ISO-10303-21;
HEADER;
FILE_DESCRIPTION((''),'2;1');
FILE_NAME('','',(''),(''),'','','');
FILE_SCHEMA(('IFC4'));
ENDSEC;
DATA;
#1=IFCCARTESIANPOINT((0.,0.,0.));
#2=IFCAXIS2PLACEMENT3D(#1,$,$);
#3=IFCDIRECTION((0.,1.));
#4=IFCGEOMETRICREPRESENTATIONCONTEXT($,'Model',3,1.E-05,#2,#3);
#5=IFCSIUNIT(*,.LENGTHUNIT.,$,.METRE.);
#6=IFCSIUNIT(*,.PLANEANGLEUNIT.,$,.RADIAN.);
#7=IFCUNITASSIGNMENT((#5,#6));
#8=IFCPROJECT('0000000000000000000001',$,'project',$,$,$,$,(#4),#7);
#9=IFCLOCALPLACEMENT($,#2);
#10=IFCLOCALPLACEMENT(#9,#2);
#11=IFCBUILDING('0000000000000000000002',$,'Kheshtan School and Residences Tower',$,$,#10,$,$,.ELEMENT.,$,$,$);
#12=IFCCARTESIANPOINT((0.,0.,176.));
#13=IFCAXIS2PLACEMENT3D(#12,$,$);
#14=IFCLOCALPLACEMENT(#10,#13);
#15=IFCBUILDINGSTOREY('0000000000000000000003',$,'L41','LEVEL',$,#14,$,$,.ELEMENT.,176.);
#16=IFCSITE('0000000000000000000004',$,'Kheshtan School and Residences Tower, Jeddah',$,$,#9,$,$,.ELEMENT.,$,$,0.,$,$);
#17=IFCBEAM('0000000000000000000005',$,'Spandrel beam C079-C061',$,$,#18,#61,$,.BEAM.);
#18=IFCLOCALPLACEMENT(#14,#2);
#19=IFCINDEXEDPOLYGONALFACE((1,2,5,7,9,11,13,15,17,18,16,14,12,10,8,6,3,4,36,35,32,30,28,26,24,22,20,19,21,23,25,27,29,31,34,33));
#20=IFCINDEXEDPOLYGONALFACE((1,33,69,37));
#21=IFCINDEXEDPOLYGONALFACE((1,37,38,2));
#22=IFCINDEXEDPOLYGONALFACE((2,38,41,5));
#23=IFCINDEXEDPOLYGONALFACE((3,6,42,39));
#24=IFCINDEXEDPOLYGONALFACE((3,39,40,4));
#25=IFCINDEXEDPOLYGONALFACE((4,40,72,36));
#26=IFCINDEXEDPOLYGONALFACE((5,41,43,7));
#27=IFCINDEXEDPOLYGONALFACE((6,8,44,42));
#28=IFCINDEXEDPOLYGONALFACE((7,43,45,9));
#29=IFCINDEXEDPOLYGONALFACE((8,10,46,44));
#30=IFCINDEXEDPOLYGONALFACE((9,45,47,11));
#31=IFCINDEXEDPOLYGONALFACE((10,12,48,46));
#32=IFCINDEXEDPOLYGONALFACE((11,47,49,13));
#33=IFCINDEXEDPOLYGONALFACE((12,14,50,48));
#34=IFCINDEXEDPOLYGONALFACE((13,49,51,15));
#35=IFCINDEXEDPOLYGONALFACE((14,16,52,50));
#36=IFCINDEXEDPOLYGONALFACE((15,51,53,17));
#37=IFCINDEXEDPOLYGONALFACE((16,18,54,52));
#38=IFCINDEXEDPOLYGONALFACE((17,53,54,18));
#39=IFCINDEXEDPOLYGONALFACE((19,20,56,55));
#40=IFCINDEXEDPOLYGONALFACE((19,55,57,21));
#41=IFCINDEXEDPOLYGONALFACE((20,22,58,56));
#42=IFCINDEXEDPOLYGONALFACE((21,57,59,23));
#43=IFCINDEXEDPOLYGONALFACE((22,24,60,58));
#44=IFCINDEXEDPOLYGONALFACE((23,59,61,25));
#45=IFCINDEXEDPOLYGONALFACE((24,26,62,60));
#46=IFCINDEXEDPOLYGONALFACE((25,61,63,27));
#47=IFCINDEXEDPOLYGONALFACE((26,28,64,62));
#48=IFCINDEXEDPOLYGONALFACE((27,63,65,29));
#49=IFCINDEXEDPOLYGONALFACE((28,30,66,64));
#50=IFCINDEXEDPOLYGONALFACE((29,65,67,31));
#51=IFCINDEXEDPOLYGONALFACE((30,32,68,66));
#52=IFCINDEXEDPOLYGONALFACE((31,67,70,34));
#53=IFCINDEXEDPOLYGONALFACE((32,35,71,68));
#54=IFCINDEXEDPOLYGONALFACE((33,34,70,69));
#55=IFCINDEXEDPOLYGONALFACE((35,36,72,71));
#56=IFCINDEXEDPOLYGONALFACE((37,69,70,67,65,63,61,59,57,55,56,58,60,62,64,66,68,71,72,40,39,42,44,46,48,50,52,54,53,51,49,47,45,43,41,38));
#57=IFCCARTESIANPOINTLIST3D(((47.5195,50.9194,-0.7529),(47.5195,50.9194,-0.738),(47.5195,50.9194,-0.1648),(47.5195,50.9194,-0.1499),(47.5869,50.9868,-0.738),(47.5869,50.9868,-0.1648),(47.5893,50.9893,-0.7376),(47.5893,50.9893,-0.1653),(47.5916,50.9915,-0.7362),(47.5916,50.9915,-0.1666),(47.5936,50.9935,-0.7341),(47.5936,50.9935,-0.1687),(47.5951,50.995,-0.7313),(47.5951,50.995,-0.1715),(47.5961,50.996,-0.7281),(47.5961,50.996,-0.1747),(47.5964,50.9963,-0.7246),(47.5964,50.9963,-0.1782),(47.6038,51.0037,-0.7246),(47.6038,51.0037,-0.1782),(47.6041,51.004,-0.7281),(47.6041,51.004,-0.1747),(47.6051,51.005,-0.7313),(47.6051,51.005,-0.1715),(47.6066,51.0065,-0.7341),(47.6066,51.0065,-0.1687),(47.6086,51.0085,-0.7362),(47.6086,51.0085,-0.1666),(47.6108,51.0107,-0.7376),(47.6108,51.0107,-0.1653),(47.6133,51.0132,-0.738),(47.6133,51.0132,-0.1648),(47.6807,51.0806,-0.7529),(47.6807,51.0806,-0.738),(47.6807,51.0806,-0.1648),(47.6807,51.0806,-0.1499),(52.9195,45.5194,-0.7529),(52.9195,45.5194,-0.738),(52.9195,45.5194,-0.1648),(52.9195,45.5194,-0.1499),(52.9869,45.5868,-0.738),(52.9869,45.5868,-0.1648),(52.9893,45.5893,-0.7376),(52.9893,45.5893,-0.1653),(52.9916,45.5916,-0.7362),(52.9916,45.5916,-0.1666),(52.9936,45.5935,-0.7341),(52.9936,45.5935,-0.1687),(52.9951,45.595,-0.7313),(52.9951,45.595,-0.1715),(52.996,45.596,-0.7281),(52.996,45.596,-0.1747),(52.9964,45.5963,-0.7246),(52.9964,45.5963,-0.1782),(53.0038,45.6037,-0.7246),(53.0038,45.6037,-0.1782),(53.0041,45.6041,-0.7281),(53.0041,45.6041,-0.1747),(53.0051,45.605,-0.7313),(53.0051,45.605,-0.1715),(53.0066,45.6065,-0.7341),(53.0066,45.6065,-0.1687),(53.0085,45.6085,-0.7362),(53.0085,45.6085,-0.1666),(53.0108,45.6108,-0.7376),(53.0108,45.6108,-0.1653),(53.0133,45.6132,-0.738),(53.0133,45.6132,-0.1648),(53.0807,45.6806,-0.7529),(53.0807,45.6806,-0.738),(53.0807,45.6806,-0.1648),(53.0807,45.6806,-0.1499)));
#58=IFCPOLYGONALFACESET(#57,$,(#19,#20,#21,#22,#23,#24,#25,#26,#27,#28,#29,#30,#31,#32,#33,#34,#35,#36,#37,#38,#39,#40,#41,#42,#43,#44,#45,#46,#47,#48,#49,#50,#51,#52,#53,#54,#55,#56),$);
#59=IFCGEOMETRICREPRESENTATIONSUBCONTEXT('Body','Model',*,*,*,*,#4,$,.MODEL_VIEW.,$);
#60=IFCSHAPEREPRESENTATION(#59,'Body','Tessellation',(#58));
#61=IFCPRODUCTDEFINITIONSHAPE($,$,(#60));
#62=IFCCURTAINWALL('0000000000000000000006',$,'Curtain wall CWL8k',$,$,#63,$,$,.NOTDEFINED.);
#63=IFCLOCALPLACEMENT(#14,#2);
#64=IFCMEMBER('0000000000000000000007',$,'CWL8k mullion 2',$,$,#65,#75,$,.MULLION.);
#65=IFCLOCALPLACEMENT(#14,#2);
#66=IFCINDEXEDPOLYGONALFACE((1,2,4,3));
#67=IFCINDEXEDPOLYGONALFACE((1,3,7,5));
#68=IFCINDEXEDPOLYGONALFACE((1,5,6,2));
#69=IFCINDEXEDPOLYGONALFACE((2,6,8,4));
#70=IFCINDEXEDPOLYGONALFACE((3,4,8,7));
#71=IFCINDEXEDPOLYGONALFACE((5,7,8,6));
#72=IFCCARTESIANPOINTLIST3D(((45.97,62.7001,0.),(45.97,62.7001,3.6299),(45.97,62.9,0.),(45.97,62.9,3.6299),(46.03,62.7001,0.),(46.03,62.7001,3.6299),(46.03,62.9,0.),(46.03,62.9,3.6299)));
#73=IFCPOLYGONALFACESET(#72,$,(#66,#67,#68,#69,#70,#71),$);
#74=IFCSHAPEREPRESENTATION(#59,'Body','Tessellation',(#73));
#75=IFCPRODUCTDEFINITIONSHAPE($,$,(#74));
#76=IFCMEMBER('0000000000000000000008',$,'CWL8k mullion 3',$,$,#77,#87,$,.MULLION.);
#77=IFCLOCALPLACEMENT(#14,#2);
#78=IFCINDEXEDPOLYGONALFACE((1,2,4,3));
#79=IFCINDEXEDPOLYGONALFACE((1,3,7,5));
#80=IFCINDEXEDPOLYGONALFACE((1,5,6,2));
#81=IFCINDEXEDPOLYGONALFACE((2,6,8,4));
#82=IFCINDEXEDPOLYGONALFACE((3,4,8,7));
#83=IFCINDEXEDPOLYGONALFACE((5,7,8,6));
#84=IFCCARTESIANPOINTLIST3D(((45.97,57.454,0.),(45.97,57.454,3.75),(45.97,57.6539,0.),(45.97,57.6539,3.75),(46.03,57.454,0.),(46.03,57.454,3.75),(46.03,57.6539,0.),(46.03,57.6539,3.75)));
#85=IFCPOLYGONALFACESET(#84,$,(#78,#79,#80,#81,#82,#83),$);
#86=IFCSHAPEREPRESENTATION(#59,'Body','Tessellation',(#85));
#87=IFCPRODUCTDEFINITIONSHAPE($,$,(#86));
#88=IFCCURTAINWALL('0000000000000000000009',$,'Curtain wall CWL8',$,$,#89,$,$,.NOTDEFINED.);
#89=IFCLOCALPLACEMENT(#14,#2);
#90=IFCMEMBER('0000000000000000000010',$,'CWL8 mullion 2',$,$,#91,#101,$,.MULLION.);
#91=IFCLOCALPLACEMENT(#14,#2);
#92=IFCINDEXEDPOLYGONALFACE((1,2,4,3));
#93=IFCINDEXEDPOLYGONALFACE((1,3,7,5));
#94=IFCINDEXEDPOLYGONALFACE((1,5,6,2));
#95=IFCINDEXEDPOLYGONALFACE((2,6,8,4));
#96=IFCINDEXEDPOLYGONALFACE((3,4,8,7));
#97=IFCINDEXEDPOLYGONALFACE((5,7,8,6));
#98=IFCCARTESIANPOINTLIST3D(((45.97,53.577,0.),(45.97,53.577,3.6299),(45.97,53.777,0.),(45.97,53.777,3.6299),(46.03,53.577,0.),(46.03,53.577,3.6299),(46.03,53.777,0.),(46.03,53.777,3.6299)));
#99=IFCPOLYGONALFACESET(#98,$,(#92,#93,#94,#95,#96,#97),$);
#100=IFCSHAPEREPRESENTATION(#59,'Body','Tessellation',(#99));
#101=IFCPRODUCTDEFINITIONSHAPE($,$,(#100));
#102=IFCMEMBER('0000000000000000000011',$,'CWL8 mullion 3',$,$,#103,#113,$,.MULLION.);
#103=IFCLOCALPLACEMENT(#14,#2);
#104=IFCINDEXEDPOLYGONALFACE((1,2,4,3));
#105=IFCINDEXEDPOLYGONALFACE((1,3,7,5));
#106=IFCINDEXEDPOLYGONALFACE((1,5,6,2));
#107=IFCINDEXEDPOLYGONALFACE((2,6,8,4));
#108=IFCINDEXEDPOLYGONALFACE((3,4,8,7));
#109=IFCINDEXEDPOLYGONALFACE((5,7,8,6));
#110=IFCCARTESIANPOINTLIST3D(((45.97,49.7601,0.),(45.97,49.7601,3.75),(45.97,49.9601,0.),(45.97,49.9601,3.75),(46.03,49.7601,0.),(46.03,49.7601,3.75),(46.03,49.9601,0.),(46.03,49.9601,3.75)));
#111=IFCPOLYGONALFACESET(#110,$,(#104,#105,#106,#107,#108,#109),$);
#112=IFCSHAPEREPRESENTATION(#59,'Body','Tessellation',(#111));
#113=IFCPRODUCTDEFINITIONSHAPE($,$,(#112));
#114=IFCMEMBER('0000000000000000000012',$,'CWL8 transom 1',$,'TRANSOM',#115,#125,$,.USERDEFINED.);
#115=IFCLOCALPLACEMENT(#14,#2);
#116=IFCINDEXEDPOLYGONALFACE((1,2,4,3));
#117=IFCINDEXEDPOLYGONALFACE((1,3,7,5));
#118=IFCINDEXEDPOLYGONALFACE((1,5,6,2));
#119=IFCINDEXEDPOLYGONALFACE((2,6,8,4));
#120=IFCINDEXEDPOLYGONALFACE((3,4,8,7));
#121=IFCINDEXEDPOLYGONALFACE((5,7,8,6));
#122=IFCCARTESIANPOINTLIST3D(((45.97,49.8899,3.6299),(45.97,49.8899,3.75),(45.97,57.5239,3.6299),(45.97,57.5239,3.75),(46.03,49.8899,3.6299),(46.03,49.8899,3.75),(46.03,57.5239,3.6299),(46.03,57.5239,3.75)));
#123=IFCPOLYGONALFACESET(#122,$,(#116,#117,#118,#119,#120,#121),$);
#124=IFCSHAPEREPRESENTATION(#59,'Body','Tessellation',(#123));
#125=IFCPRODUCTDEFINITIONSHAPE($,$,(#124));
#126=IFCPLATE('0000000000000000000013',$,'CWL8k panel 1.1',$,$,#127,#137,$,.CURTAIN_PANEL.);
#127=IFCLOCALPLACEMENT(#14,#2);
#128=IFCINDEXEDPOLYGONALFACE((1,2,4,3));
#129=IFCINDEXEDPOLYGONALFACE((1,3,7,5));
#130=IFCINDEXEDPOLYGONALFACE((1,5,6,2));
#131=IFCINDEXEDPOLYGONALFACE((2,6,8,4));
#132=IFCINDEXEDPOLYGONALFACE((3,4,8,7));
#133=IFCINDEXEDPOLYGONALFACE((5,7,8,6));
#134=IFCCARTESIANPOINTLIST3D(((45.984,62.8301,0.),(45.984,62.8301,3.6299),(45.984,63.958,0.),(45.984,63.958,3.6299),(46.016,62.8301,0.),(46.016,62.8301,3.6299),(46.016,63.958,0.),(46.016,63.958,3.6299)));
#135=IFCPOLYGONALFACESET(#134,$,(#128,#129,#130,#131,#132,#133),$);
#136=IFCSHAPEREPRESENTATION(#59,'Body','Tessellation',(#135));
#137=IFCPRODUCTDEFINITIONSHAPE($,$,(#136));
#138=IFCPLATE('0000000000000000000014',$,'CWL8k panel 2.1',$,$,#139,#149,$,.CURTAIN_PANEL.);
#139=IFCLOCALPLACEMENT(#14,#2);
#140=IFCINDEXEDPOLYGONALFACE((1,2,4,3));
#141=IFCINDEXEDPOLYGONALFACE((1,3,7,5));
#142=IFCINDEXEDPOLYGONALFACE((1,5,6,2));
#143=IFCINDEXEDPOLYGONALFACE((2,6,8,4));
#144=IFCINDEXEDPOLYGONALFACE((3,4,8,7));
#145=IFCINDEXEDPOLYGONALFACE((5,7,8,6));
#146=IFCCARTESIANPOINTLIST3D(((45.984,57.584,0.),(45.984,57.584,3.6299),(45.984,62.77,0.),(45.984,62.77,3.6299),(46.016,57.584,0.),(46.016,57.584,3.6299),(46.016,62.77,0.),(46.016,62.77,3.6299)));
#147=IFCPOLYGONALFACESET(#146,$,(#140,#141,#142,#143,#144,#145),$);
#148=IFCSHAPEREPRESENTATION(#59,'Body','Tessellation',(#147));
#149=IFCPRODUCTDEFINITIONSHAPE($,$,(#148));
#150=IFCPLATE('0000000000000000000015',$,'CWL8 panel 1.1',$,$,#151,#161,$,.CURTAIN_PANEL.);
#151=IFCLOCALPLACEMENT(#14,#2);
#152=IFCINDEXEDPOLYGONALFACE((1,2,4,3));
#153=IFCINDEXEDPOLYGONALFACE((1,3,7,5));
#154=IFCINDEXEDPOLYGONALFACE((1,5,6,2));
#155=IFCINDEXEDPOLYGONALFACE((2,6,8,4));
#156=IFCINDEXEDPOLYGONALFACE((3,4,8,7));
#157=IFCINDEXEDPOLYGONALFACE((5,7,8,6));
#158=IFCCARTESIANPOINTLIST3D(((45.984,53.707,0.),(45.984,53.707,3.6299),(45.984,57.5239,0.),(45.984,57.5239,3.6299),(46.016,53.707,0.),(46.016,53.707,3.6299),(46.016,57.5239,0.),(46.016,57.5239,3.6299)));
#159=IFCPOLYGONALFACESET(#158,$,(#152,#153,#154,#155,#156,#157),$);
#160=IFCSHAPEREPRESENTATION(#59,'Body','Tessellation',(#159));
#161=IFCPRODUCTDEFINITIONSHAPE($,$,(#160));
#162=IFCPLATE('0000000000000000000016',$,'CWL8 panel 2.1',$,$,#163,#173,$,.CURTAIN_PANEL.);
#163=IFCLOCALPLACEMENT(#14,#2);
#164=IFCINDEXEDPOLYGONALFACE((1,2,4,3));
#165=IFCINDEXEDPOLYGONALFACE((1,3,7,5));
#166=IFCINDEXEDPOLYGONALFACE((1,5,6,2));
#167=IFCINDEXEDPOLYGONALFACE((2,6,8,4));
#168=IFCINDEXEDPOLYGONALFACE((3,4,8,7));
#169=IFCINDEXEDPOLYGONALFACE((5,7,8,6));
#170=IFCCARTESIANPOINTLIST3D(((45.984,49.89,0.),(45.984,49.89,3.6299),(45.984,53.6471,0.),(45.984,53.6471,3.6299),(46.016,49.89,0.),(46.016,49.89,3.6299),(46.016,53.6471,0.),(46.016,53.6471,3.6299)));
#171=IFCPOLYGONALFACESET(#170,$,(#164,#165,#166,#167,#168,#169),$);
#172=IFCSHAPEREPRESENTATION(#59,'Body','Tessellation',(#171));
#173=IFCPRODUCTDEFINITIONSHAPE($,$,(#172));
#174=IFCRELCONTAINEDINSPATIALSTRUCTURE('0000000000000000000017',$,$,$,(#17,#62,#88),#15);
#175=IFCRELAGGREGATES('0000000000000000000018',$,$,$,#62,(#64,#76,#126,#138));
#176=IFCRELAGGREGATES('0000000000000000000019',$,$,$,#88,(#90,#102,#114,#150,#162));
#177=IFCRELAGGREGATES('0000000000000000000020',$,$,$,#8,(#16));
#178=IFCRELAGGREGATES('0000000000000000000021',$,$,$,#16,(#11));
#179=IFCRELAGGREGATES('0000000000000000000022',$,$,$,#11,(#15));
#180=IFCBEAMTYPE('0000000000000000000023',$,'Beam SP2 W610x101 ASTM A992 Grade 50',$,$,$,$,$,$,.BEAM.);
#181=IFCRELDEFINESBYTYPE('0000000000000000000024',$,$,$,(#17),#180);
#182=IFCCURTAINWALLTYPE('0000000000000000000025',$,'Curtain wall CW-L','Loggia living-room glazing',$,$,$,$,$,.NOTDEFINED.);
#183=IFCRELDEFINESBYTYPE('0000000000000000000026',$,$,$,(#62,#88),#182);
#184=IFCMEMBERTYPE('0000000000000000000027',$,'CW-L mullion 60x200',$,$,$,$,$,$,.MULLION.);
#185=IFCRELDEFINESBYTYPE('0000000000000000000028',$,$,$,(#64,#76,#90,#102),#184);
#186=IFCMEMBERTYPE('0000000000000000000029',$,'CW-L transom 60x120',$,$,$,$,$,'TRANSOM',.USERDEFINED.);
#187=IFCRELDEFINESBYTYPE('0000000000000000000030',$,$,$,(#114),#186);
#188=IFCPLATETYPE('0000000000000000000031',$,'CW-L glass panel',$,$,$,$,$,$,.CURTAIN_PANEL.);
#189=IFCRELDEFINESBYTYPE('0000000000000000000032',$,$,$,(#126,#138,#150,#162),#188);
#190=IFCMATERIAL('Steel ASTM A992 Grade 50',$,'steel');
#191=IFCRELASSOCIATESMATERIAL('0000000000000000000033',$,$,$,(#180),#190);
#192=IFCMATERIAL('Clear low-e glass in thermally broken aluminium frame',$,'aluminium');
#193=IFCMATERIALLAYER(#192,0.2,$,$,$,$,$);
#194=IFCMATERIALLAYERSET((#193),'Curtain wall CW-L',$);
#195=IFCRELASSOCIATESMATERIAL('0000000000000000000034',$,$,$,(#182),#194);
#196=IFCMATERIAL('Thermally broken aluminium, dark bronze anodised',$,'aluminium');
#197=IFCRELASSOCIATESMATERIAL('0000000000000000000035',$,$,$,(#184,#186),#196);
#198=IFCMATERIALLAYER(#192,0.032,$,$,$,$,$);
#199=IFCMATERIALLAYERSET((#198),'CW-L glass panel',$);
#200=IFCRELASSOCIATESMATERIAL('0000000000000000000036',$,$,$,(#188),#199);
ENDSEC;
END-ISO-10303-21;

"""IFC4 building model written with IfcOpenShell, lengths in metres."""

from ifc_helpers import new_model, si_unit, direction, frame, origin, origin_2d, place, context, subcontext, project, spatial, rectangle, i_section, extrude, material, layer, layer_set, material_profile, profile_set, type_object, element, aggregate, save


model = new_model("IFC4")

# Units and contexts
model_context = context("Model", 3, precision=1e-05, world=origin(), true_north=direction((0.0, 1.0)))
body_context = subcontext(model_context, "Body", "Model", "MODEL_VIEW")
ifc_project = project(units=[si_unit("LENGTHUNIT", "METRE"), si_unit("PLANEANGLEUNIT", "RADIAN")], contexts=[model_context])

# Site, building, storey
site_placement = place(None, origin())
site = spatial("IfcSite", under=ifc_project, at=site_placement, Name="Kheshtan School and Residences Tower, Jeddah", CompositionType="ELEMENT", RefElevation=0.0)
building_placement = place(site_placement, origin())
building = spatial("IfcBuilding", under=site, at=building_placement, Name="Kheshtan School and Residences Tower", CompositionType="ELEMENT")
storey_placement = place(building_placement, frame((0.0, 0.0, 176.0)))
storey = spatial("IfcBuildingStorey", under=building, at=storey_placement, Name="L41", Description="LEVEL", CompositionType="ELEMENT", Elevation=176.0)

# Shared definitions
ifc_material_1 = material(Name="Steel ASTM A992 Grade 50", Category="steel")

# Beam
ifc_material_profile_1 = material_profile(ifc_material_1, i_section(OverallWidth=0.228, OverallDepth=0.603, WebThickness=0.0105, FlangeThickness=0.0149, FilletRadius=0.0134, at=origin_2d()), Name="W610x101")
ifc_profile_set_1 = profile_set([ifc_material_profile_1], Name="Steel ASTM A992 Grade 50")
beam_type = type_object("IfcBeamType", Name="Beam SP2 W610x101 ASTM A992 Grade 50", PredefinedType="BEAM", material=ifc_profile_set_1)
beam_1_placement = place(storey_placement, frame((47.6001, 51.0, -0.4514), z_axis=(0.707107, -0.707107, 0.0), x_axis=(0.707107, 0.707107, 0.0)))
element("IfcBeam", 1, at=beam_1_placement, inside=storey, type_object=beam_type, Name="Spandrel beam C079-C061", PredefinedType="BEAM", context=body_context, shape_type="SweptSolid", body=[
    extrude(i_section(OverallWidth=0.228, OverallDepth=0.603, WebThickness=0.0105, FlangeThickness=0.0149, FilletRadius=0.0134, at=origin_2d()), origin(), (0.0, 0.0, 1.0), 7.6367),
])

# Curtain walls, members
ifc_material_2 = material(Name="Clear low-e glass in thermally broken aluminium frame", Category="aluminium")
ifc_layer_1 = layer(ifc_material_2, 0.2)
ifc_layer_set_1 = layer_set([ifc_layer_1], Name="Curtain wall CW-L")
curtain_wall_type = type_object("IfcCurtainWallType", Name="Curtain wall CW-L", Description="Loggia living-room glazing", PredefinedType="NOTDEFINED", material=ifc_layer_set_1)
curtain_wall_1_placement = place(storey_placement, origin())
curtain_wall_1 = element("IfcCurtainWall", 2, at=curtain_wall_1_placement, inside=storey, type_object=curtain_wall_type, Name="Curtain wall CWL8k", PredefinedType="NOTDEFINED")
ifc_material_3 = material(Name="Thermally broken aluminium, dark bronze anodised", Category="aluminium")
ifc_material_profile_2 = material_profile(ifc_material_3, rectangle(XDim=0.0601, YDim=0.2, at=origin_2d()), Name="CW-L mullion 60x200")
ifc_profile_set_2 = profile_set([ifc_material_profile_2], Name="Thermally broken aluminium, dark bronze anodised")
member_type_1 = type_object("IfcMemberType", Name="CW-L mullion 60x200", PredefinedType="MULLION", material=ifc_profile_set_2)
member_1_placement = place(storey_placement, frame((46.0, 62.8, 0.0), z_axis=(0.0, 0.0, 1.0), x_axis=(1.0, 0.0, 0.0)))
member_1 = element("IfcMember", 3, at=member_1_placement, type_object=member_type_1, Name="CWL8k mullion 2", PredefinedType="MULLION", context=body_context, shape_type="SweptSolid", body=[
    extrude(rectangle(XDim=0.0601, YDim=0.2, at=origin_2d()), origin(), (0.0, 0.0, 1.0), 3.6299),
])
member_2_placement = place(storey_placement, frame((46.0, 57.554, 0.0), z_axis=(0.0, 0.0, 1.0), x_axis=(1.0, 0.0, 0.0)))
member_2 = element("IfcMember", 4, at=member_2_placement, type_object=member_type_1, Name="CWL8k mullion 3", PredefinedType="MULLION", context=body_context, shape_type="SweptSolid", body=[
    extrude(rectangle(XDim=0.0601, YDim=0.2, at=origin_2d()), origin(), (0.0, 0.0, 1.0), 3.75),
])
curtain_wall_2_placement = place(storey_placement, origin())
curtain_wall_2 = element("IfcCurtainWall", 5, at=curtain_wall_2_placement, inside=storey, type_object=curtain_wall_type, Name="Curtain wall CWL8", PredefinedType="NOTDEFINED")
member_3_placement = place(storey_placement, frame((46.0, 53.677, 0.0), z_axis=(0.0, 0.0, 1.0), x_axis=(1.0, 0.0, 0.0)))
member_3 = element("IfcMember", 6, at=member_3_placement, type_object=member_type_1, Name="CWL8 mullion 2", PredefinedType="MULLION", context=body_context, shape_type="SweptSolid", body=[
    extrude(rectangle(XDim=0.0601, YDim=0.2, at=origin_2d()), origin(), (0.0, 0.0, 1.0), 3.6299),
])
member_4_placement = place(storey_placement, frame((46.0, 49.8601, 0.0), z_axis=(0.0, 0.0, 1.0), x_axis=(1.0, 0.0, 0.0)))
member_4 = element("IfcMember", 7, at=member_4_placement, type_object=member_type_1, Name="CWL8 mullion 3", PredefinedType="MULLION", context=body_context, shape_type="SweptSolid", body=[
    extrude(rectangle(XDim=0.0601, YDim=0.2, at=origin_2d()), origin(), (0.0, 0.0, 1.0), 3.75),
])
ifc_material_profile_3 = material_profile(ifc_material_3, rectangle(XDim=0.0601, YDim=0.1201, at=origin_2d()), Name="CW-L transom 60x120")
ifc_profile_set_3 = profile_set([ifc_material_profile_3], Name="Thermally broken aluminium, dark bronze anodised")
member_type_2 = type_object("IfcMemberType", Name="CW-L transom 60x120", ElementType="TRANSOM", PredefinedType="USERDEFINED", material=ifc_profile_set_3)
member_5_placement = place(storey_placement, frame((46.0, 57.5239, 3.6899), z_axis=(0.0, -1.0, 0.0), x_axis=(1.0, 0.0, 0.0)))
member_5 = element("IfcMember", 8, at=member_5_placement, type_object=member_type_2, Name="CWL8 transom 1", ObjectType="TRANSOM", PredefinedType="USERDEFINED", context=body_context, shape_type="SweptSolid", body=[
    extrude(rectangle(XDim=0.0601, YDim=0.1201, at=origin_2d()), origin(), (0.0, 0.0, 1.0), 7.634),
])

# Plates
ifc_layer_2 = layer(ifc_material_2, 0.032)
ifc_layer_set_2 = layer_set([ifc_layer_2], Name="CW-L glass panel")
plate_type = type_object("IfcPlateType", Name="CW-L glass panel", PredefinedType="CURTAIN_PANEL", material=ifc_layer_set_2)
plate_1_placement = place(storey_placement, frame((46.0, 63.394, 0.0), z_axis=(0.0, 0.0, 1.0), x_axis=(0.0, -1.0, 0.0)))
plate_1 = element("IfcPlate", 9, at=plate_1_placement, type_object=plate_type, Name="CWL8k panel 1.1", PredefinedType="CURTAIN_PANEL", context=body_context, shape_type="SweptSolid", body=[
    extrude(rectangle(XDim=1.1279, YDim=0.032, at=origin_2d()), origin(), (0.0, 0.0, 1.0), 3.6299),
])
plate_2_placement = place(storey_placement, frame((46.0, 60.177, 0.0), z_axis=(0.0, 0.0, 1.0), x_axis=(0.0, -1.0, 0.0)))
plate_2 = element("IfcPlate", 10, at=plate_2_placement, type_object=plate_type, Name="CWL8k panel 2.1", PredefinedType="CURTAIN_PANEL", context=body_context, shape_type="SweptSolid", body=[
    extrude(rectangle(XDim=5.186, YDim=0.032, at=origin_2d()), origin(), (0.0, 0.0, 1.0), 3.6299),
])
aggregate(curtain_wall_1, [member_1, member_2, plate_1, plate_2])
plate_3_placement = place(storey_placement, frame((46.0, 55.6155, 0.0), z_axis=(0.0, 0.0, 1.0), x_axis=(0.0, -1.0, 0.0)))
plate_3 = element("IfcPlate", 11, at=plate_3_placement, type_object=plate_type, Name="CWL8 panel 1.1", PredefinedType="CURTAIN_PANEL", context=body_context, shape_type="SweptSolid", body=[
    extrude(rectangle(XDim=3.8169, YDim=0.032, at=origin_2d()), origin(), (0.0, 0.0, 1.0), 3.6299),
])
plate_4_placement = place(storey_placement, frame((46.0, 51.7686, 0.0), z_axis=(0.0, 0.0, 1.0), x_axis=(0.0, -1.0, 0.0)))
plate_4 = element("IfcPlate", 12, at=plate_4_placement, type_object=plate_type, Name="CWL8 panel 2.1", PredefinedType="CURTAIN_PANEL", context=body_context, shape_type="SweptSolid", body=[
    extrude(rectangle(XDim=3.7571, YDim=0.032, at=origin_2d()), origin(), (0.0, 0.0, 1.0), 3.6299),
])
aggregate(curtain_wall_2, [member_3, member_4, member_5, plate_3, plate_4])

save(model, "model.ifc")
